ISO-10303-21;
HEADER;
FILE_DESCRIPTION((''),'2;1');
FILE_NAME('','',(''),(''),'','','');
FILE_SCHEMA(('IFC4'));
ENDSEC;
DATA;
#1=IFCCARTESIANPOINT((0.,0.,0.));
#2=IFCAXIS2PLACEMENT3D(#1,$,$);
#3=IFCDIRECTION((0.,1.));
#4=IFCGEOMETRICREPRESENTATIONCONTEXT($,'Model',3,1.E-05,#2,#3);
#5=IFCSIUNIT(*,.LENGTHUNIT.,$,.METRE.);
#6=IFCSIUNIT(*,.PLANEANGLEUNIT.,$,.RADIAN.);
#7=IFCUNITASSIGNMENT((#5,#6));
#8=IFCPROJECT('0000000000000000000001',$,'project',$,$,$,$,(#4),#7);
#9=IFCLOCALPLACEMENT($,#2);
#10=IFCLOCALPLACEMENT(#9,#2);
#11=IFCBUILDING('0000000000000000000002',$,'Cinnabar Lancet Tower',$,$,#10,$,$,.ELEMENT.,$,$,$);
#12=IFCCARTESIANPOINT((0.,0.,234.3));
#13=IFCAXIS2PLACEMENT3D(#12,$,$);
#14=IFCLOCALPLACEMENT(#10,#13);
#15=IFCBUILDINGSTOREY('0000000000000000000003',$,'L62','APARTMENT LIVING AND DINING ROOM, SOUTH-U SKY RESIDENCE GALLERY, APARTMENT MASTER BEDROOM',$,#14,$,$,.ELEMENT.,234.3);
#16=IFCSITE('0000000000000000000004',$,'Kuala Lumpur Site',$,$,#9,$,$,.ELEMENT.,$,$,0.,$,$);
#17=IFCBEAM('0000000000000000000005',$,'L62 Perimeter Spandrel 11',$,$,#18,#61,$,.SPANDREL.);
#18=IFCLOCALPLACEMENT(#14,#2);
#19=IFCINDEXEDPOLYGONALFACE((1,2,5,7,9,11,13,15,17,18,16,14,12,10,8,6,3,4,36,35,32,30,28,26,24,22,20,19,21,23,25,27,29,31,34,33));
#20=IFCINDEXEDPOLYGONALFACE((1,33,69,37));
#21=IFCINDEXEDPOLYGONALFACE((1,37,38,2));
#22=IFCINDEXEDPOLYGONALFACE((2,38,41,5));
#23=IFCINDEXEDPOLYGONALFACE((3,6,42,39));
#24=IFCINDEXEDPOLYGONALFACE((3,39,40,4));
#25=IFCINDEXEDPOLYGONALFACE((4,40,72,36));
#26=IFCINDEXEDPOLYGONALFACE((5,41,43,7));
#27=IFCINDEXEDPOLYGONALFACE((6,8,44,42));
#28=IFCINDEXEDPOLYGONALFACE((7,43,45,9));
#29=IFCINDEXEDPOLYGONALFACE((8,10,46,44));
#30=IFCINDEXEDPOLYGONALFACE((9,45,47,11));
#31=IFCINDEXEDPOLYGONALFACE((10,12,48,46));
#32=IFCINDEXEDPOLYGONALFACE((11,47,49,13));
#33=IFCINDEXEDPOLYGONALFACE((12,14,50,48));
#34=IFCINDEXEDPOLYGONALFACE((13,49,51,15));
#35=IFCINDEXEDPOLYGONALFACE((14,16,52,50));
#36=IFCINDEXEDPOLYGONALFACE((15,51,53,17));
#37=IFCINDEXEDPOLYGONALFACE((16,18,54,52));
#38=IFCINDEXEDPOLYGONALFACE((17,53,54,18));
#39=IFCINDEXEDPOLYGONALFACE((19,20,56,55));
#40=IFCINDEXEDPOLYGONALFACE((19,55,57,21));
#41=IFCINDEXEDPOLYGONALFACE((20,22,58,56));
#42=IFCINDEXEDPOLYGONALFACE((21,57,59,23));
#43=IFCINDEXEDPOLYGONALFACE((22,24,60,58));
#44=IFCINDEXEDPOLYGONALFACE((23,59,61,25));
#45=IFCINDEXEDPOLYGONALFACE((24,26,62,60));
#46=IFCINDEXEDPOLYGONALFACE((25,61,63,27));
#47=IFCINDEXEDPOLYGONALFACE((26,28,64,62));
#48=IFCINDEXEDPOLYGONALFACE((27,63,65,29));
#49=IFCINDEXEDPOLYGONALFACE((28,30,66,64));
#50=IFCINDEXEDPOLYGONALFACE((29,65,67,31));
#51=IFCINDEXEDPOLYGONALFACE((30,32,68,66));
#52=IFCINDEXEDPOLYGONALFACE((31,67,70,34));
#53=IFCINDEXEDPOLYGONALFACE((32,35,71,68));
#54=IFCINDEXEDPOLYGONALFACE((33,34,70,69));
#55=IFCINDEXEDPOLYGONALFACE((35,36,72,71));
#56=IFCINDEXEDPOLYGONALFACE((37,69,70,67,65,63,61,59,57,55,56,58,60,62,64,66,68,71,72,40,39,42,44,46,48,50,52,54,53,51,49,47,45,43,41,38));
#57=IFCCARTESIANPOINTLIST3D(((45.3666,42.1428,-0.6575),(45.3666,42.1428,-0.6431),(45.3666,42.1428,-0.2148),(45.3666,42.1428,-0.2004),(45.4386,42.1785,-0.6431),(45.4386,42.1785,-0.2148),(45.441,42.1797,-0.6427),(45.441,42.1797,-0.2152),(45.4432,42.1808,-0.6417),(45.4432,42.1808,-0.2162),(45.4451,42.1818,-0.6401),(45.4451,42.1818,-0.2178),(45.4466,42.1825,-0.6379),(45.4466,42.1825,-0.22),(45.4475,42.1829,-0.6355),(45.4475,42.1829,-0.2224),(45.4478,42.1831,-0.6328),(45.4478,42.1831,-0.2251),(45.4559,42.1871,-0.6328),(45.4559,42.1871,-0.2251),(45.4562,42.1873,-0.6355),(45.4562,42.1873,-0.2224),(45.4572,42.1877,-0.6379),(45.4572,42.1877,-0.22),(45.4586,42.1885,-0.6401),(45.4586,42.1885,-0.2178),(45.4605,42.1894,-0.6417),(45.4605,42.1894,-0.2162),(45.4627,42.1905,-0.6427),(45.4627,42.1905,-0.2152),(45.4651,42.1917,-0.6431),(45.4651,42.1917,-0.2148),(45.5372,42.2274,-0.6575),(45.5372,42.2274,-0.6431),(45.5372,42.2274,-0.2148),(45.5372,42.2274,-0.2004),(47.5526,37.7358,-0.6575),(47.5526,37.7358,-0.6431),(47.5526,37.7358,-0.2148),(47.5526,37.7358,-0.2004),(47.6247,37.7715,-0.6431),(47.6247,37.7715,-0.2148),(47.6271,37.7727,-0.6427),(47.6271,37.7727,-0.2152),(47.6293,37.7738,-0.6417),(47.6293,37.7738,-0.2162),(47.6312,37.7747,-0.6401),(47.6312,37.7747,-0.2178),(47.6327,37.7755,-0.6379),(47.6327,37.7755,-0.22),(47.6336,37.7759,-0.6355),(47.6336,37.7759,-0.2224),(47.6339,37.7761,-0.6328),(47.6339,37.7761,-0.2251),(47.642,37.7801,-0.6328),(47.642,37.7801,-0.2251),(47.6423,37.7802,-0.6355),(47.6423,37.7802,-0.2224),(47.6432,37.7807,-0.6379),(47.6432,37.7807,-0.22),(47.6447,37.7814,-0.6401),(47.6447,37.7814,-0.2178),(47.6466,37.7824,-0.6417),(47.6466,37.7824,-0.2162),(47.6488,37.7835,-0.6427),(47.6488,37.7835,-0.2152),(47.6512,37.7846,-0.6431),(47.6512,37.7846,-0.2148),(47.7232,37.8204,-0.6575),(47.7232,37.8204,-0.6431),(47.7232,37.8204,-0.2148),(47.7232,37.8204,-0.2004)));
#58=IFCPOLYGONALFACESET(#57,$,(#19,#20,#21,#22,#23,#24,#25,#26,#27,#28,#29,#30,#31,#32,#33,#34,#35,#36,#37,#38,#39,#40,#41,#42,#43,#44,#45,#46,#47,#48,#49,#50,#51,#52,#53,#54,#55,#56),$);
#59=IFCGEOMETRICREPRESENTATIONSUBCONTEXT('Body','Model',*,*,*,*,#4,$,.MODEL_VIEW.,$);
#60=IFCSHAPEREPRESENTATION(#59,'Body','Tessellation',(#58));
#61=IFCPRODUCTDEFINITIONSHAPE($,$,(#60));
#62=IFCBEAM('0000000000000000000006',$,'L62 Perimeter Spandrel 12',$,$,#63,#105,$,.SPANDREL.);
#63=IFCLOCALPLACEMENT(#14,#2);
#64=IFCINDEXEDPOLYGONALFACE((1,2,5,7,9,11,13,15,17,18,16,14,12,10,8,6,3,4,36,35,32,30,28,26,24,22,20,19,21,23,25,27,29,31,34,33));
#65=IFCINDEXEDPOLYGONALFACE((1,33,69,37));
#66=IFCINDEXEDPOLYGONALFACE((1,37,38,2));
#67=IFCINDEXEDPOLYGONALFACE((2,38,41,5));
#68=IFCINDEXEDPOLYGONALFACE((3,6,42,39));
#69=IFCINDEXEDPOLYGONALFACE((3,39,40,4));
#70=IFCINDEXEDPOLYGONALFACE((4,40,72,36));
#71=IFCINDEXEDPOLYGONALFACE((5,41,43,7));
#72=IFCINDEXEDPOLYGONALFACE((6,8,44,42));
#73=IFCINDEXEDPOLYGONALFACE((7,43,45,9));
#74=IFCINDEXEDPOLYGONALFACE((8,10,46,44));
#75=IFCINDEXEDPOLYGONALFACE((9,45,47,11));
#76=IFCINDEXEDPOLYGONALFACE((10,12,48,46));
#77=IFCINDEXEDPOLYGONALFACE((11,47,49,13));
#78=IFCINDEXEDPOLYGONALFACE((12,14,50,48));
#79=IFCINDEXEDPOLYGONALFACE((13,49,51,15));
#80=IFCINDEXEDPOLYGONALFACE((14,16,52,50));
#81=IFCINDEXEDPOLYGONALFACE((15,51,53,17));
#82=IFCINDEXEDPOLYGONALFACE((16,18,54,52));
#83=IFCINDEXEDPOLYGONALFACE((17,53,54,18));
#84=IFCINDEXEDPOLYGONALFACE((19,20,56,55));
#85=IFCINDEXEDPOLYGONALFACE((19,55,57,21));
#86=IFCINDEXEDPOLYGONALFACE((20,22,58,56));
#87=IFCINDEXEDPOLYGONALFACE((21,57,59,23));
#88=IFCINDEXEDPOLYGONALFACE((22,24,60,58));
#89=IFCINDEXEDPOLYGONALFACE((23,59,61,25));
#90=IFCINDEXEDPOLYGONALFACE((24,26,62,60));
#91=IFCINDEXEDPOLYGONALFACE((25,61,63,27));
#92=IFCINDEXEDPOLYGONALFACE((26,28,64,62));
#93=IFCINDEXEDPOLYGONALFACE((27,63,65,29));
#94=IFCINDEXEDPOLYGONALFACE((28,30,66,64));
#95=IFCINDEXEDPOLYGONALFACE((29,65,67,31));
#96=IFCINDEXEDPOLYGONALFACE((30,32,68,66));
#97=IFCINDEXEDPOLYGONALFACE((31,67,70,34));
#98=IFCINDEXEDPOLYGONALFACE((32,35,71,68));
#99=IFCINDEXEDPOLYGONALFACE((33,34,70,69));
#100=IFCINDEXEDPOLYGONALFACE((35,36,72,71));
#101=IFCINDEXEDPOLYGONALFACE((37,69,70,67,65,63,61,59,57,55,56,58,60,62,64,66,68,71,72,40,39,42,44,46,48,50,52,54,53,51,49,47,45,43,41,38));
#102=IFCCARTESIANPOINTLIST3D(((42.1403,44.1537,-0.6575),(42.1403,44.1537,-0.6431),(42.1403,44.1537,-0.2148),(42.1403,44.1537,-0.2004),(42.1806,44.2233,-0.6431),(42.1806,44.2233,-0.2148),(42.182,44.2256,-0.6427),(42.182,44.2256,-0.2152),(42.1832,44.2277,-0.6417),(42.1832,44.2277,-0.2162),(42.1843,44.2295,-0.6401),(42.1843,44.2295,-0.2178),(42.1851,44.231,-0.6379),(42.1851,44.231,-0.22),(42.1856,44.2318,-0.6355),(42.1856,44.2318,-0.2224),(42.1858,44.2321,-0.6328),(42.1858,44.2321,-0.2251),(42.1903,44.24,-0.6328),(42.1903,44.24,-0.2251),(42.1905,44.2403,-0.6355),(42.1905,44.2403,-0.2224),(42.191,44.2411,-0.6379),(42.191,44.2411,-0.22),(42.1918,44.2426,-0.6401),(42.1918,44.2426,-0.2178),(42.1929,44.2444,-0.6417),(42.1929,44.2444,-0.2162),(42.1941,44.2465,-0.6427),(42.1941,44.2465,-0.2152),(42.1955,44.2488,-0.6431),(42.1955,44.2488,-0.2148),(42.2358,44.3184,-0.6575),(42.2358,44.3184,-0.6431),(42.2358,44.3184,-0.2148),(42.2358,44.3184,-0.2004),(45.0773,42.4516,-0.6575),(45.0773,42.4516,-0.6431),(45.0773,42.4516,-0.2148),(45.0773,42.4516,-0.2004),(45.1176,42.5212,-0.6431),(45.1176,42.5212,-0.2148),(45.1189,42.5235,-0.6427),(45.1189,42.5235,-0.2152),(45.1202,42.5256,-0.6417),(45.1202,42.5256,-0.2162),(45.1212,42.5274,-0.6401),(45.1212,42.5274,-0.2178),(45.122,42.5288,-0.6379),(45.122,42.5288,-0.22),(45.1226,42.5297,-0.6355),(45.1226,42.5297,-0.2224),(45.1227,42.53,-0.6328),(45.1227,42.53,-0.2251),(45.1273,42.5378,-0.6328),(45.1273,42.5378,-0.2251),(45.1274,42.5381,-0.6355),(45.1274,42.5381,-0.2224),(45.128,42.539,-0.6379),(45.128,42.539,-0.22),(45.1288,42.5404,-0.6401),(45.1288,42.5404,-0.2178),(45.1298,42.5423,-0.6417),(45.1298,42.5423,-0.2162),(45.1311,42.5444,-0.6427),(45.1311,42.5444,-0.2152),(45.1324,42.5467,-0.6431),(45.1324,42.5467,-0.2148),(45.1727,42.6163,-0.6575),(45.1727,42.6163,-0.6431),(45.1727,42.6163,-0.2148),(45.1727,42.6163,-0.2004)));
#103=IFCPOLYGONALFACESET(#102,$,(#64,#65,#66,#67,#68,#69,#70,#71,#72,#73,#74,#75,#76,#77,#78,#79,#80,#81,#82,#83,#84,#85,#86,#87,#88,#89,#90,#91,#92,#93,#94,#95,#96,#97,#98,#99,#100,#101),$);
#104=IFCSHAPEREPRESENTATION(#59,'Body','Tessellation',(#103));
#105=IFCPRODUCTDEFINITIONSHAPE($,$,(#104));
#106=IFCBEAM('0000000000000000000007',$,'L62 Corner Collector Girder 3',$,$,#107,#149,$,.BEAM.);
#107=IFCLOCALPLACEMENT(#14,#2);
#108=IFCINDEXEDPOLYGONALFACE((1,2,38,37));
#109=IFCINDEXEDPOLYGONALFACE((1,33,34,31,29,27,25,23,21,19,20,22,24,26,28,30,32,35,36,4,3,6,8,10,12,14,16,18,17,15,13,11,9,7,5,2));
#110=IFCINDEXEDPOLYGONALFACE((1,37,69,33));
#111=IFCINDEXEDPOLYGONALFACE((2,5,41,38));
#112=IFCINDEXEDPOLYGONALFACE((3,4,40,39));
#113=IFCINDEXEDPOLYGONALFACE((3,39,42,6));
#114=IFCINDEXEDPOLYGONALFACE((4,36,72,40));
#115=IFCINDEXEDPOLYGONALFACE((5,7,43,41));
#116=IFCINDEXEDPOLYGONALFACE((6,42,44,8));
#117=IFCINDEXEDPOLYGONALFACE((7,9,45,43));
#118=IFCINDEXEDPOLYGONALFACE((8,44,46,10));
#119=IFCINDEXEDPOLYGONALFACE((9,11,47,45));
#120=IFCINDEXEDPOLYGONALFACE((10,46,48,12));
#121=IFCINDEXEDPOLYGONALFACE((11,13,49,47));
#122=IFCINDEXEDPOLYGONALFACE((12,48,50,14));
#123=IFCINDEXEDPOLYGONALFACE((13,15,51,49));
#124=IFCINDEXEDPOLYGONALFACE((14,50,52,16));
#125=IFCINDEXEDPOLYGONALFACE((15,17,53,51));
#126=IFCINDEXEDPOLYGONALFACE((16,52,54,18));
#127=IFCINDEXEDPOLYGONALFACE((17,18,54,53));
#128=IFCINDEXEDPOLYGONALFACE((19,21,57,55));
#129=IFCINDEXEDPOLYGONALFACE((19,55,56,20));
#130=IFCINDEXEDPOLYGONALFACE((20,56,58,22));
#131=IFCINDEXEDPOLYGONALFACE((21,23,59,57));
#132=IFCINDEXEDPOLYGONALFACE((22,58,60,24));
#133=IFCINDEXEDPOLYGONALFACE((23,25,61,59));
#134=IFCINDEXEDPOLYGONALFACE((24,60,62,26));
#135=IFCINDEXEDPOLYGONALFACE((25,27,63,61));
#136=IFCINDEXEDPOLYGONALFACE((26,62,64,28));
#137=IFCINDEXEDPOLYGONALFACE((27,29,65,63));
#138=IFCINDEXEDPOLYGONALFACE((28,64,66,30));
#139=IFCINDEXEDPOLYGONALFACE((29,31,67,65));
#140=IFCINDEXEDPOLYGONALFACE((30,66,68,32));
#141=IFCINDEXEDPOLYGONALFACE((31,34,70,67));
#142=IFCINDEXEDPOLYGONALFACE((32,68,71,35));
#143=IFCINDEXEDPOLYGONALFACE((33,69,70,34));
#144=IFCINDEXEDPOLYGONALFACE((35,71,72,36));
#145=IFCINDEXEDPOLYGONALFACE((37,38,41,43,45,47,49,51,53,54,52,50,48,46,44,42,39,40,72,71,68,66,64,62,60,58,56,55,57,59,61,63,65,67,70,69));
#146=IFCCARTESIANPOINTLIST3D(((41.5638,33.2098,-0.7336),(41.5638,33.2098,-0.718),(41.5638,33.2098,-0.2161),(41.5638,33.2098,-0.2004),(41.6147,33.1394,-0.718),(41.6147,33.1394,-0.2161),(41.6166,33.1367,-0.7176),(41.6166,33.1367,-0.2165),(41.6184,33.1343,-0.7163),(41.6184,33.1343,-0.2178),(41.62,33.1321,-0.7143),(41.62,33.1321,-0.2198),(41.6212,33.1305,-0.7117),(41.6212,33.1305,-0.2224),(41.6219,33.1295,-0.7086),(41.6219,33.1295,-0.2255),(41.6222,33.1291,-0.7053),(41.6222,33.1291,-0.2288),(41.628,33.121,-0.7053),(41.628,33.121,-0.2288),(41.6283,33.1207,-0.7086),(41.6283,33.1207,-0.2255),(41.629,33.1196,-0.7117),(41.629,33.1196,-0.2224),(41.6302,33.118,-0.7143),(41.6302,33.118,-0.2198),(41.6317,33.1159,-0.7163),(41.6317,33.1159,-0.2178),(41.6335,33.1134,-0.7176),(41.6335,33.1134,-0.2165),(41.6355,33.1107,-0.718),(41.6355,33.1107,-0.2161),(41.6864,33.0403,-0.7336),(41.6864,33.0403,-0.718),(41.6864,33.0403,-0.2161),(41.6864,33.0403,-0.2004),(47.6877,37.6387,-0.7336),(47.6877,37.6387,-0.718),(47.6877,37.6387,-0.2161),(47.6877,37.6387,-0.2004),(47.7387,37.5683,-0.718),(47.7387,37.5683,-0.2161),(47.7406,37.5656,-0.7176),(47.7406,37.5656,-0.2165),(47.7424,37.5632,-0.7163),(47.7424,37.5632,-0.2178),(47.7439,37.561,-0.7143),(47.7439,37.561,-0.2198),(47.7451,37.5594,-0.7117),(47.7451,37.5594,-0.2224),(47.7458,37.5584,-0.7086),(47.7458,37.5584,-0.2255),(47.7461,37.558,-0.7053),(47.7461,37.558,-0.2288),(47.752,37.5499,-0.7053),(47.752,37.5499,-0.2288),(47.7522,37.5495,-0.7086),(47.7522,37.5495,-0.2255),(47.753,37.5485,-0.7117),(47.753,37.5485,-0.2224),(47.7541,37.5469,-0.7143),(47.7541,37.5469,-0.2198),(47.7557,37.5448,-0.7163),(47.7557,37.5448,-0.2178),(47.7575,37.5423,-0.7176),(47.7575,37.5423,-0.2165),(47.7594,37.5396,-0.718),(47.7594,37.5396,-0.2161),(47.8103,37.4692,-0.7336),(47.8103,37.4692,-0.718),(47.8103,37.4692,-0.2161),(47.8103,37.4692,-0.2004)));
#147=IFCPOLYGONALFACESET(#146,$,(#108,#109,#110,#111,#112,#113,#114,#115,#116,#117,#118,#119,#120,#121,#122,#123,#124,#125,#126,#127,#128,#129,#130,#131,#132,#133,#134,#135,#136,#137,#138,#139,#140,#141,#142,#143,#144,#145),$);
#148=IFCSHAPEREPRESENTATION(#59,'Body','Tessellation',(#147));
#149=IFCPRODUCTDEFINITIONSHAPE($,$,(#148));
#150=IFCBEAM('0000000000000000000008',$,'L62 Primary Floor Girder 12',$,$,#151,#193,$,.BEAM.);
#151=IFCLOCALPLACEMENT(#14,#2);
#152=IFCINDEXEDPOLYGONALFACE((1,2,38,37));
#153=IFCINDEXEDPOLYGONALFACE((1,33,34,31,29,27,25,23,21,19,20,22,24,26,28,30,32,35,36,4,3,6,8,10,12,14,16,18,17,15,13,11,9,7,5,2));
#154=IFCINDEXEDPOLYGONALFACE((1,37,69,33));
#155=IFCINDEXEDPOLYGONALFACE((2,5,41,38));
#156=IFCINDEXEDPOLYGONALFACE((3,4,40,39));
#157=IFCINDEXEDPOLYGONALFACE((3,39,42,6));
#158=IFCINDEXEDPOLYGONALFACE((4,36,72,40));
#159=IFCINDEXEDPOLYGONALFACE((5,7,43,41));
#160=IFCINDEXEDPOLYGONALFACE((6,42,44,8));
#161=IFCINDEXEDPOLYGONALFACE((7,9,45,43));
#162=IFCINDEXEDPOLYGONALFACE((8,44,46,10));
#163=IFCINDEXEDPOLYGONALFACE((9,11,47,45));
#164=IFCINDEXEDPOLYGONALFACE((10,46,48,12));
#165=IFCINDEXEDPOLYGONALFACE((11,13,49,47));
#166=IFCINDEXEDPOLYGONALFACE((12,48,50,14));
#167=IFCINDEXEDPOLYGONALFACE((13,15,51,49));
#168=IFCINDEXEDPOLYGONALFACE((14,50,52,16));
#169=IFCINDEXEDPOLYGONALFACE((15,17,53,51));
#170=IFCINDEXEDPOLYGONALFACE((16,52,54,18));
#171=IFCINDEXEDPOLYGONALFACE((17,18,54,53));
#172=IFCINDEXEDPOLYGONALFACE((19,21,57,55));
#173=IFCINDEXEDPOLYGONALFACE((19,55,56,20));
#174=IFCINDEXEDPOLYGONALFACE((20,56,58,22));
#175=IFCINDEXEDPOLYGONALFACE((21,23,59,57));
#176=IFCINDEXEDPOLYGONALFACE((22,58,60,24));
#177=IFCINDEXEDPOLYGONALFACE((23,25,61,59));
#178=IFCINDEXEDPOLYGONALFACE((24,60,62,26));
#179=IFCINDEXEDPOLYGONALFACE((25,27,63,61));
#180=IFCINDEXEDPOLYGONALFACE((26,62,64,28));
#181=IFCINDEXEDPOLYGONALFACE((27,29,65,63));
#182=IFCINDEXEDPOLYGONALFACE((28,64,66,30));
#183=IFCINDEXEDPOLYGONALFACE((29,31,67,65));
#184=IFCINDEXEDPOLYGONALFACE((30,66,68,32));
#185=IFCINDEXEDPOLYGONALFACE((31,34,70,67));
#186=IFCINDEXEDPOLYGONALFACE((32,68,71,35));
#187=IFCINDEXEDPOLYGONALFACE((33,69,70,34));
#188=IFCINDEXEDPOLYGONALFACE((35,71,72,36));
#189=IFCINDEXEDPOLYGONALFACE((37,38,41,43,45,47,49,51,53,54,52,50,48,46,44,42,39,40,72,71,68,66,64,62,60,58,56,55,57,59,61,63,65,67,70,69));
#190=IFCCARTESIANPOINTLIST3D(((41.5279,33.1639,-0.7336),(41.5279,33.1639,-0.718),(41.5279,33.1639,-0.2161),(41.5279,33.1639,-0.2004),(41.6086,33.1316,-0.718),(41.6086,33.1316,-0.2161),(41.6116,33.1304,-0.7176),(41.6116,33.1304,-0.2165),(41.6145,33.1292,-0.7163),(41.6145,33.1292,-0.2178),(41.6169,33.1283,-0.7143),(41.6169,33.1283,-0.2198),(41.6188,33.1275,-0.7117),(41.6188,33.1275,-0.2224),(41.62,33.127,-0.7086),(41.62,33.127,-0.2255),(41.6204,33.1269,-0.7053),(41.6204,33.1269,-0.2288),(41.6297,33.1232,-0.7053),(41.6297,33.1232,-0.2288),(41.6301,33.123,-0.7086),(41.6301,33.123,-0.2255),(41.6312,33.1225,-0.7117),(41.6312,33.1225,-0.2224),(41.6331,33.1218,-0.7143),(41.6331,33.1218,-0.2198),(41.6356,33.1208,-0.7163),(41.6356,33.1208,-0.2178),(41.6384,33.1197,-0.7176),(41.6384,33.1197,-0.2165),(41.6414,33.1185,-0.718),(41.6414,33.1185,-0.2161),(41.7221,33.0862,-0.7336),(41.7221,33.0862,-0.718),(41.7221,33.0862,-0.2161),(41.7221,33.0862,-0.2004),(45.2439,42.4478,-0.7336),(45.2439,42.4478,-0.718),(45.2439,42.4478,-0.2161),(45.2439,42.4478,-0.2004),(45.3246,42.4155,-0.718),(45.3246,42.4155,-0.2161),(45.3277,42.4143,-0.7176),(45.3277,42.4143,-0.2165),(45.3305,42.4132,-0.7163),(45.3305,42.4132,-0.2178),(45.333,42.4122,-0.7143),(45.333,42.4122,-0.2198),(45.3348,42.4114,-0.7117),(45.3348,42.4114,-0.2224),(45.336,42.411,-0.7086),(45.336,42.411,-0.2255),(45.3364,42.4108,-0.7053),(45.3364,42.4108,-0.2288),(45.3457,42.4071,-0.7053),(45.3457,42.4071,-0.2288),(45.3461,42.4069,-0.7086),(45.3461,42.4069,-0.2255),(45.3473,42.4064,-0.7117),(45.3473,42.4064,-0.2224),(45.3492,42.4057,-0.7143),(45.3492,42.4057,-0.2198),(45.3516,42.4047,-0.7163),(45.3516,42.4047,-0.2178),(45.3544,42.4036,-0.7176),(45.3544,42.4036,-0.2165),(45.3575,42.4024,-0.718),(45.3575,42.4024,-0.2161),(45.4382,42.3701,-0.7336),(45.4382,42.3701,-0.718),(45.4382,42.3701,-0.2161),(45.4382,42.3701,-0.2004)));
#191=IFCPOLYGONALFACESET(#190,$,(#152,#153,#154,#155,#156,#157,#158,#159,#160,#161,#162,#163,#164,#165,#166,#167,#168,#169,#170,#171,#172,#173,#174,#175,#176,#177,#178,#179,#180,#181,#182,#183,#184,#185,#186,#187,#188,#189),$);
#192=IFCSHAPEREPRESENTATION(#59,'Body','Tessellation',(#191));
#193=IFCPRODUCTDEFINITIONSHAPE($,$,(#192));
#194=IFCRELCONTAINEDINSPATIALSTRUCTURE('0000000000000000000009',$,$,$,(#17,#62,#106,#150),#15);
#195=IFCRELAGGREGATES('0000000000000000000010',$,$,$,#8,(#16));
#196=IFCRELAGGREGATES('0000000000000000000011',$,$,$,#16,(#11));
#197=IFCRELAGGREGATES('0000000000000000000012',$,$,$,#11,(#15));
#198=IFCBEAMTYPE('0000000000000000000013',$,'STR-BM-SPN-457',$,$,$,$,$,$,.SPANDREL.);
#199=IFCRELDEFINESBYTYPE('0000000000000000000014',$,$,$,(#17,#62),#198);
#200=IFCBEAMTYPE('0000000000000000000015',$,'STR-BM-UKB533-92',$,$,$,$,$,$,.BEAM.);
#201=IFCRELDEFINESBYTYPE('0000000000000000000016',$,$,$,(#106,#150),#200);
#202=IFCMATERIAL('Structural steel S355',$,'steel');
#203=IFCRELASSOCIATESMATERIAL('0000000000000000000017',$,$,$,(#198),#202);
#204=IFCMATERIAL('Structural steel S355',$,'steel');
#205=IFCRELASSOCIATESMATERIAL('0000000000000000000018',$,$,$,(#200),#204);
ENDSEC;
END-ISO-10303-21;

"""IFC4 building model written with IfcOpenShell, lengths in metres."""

from ifc_helpers import new_model, si_unit, direction, frame, origin, origin_2d, place, context, subcontext, project, spatial, i_section, extrude, material, material_profile, profile_set, type_object, element, save


model = new_model("IFC4")

# Units and contexts
model_context = context("Model", 3, precision=1e-05, world=origin(), true_north=direction((0.0, 1.0)))
body_context = subcontext(model_context, "Body", "Model", "MODEL_VIEW")
ifc_project = project(units=[si_unit("LENGTHUNIT", "METRE"), si_unit("PLANEANGLEUNIT", "RADIAN")], contexts=[model_context])

# Site, building, storey
site_placement = place(None, origin())
site = spatial("IfcSite", under=ifc_project, at=site_placement, Name="Kuala Lumpur Site", CompositionType="ELEMENT", RefElevation=0.0)
building_placement = place(site_placement, origin())
building = spatial("IfcBuilding", under=site, at=building_placement, Name="Cinnabar Lancet Tower", CompositionType="ELEMENT")
storey_placement = place(building_placement, frame((0.0, 0.0, 234.3)))
storey = spatial("IfcBuildingStorey", under=building, at=storey_placement, Name="L62", Description="APARTMENT LIVING AND DINING ROOM, SOUTH-U SKY RESIDENCE GALLERY, APARTMENT MASTER BEDROOM", CompositionType="ELEMENT", Elevation=234.3)

# Beams
ifc_material_1 = material(Name="Structural steel S355", Category="steel")
ifc_material_profile_1 = material_profile(ifc_material_1, i_section(OverallWidth=0.1904, OverallDepth=0.457, WebThickness=0.009, FlangeThickness=0.0144, FilletRadius=0.0103, at=origin_2d()), Name="UKB 457x191x74")
ifc_profile_set_1 = profile_set([ifc_material_profile_1], Name="Structural steel S355")
beam_type_1 = type_object("IfcBeamType", Name="STR-BM-SPN-457", PredefinedType="SPANDREL", material=ifc_profile_set_1)
beam_1_placement = place(storey_placement, frame((47.6379, 37.7781, -0.429), z_axis=(-0.444373, 0.895842, 0.0), x_axis=(-0.895842, -0.444373, 0.0)))
element("IfcBeam", 1, at=beam_1_placement, inside=storey, type_object=beam_type_1, Name="L62 Perimeter Spandrel 11", PredefinedType="SPANDREL", context=body_context, shape_type="SweptSolid", body=[
    extrude(i_section(OverallWidth=0.1904, OverallDepth=0.457, WebThickness=0.009, FlangeThickness=0.0144, FilletRadius=0.0103, at=origin_2d()), origin(), (0.0, 0.0, 1.0), 4.9194),
])
beam_2_placement = place(storey_placement, frame((45.125, 42.5339, -0.429), z_axis=(-0.8652, 0.501427, 0.0), x_axis=(-0.501427, -0.8652, 0.0)))
element("IfcBeam", 2, at=beam_2_placement, inside=storey, type_object=beam_type_1, Name="L62 Perimeter Spandrel 12", PredefinedType="SPANDREL", context=body_context, shape_type="SweptSolid", body=[
    extrude(i_section(OverallWidth=0.1904, OverallDepth=0.457, WebThickness=0.009, FlangeThickness=0.0144, FilletRadius=0.0103, at=origin_2d()), origin(), (0.0, 0.0, 1.0), 3.3945),
])
ifc_material_2 = material(Name="Structural steel S355", Category="steel")
ifc_material_profile_2 = material_profile(ifc_material_2, i_section(OverallWidth=0.2092, OverallDepth=0.5332, WebThickness=0.01, FlangeThickness=0.0156, FilletRadius=0.0127, at=origin_2d()), Name="UKB 533x210x92")
ifc_profile_set_2 = profile_set([ifc_material_profile_2], Name="Structural steel S355")
beam_type_2 = type_object("IfcBeamType", Name="STR-BM-UKB533-92", PredefinedType="BEAM", material=ifc_profile_set_2)
beam_3_placement = place(storey_placement, frame((47.749, 37.554, -0.467), z_axis=(-0.810299, -0.586016, 0.0), x_axis=(0.586016, -0.810299, 0.0)))
element("IfcBeam", 3, at=beam_3_placement, inside=storey, type_object=beam_type_2, Name="L62 Corner Collector Girder 3", PredefinedType="BEAM", context=body_context, shape_type="SweptSolid", body=[
    extrude(i_section(OverallWidth=0.2092, OverallDepth=0.5332, WebThickness=0.01, FlangeThickness=0.0156, FilletRadius=0.0127, at=origin_2d()), origin(), (0.0, 0.0, 1.0), 7.5576),
])
beam_4_placement = place(storey_placement, frame((45.3411, 42.4089, -0.467), z_axis=(-0.371605, -0.928391, 0.0), x_axis=(0.928391, -0.371605, 0.0)))
element("IfcBeam", 4, at=beam_4_placement, inside=storey, type_object=beam_type_2, Name="L62 Primary Floor Girder 12", PredefinedType="BEAM", context=body_context, shape_type="SweptSolid", body=[
    extrude(i_section(OverallWidth=0.2092, OverallDepth=0.5332, WebThickness=0.01, FlangeThickness=0.0156, FilletRadius=0.0127, at=origin_2d()), origin(), (0.0, 0.0, 1.0), 10.0),
])

save(model, "model.ifc")
